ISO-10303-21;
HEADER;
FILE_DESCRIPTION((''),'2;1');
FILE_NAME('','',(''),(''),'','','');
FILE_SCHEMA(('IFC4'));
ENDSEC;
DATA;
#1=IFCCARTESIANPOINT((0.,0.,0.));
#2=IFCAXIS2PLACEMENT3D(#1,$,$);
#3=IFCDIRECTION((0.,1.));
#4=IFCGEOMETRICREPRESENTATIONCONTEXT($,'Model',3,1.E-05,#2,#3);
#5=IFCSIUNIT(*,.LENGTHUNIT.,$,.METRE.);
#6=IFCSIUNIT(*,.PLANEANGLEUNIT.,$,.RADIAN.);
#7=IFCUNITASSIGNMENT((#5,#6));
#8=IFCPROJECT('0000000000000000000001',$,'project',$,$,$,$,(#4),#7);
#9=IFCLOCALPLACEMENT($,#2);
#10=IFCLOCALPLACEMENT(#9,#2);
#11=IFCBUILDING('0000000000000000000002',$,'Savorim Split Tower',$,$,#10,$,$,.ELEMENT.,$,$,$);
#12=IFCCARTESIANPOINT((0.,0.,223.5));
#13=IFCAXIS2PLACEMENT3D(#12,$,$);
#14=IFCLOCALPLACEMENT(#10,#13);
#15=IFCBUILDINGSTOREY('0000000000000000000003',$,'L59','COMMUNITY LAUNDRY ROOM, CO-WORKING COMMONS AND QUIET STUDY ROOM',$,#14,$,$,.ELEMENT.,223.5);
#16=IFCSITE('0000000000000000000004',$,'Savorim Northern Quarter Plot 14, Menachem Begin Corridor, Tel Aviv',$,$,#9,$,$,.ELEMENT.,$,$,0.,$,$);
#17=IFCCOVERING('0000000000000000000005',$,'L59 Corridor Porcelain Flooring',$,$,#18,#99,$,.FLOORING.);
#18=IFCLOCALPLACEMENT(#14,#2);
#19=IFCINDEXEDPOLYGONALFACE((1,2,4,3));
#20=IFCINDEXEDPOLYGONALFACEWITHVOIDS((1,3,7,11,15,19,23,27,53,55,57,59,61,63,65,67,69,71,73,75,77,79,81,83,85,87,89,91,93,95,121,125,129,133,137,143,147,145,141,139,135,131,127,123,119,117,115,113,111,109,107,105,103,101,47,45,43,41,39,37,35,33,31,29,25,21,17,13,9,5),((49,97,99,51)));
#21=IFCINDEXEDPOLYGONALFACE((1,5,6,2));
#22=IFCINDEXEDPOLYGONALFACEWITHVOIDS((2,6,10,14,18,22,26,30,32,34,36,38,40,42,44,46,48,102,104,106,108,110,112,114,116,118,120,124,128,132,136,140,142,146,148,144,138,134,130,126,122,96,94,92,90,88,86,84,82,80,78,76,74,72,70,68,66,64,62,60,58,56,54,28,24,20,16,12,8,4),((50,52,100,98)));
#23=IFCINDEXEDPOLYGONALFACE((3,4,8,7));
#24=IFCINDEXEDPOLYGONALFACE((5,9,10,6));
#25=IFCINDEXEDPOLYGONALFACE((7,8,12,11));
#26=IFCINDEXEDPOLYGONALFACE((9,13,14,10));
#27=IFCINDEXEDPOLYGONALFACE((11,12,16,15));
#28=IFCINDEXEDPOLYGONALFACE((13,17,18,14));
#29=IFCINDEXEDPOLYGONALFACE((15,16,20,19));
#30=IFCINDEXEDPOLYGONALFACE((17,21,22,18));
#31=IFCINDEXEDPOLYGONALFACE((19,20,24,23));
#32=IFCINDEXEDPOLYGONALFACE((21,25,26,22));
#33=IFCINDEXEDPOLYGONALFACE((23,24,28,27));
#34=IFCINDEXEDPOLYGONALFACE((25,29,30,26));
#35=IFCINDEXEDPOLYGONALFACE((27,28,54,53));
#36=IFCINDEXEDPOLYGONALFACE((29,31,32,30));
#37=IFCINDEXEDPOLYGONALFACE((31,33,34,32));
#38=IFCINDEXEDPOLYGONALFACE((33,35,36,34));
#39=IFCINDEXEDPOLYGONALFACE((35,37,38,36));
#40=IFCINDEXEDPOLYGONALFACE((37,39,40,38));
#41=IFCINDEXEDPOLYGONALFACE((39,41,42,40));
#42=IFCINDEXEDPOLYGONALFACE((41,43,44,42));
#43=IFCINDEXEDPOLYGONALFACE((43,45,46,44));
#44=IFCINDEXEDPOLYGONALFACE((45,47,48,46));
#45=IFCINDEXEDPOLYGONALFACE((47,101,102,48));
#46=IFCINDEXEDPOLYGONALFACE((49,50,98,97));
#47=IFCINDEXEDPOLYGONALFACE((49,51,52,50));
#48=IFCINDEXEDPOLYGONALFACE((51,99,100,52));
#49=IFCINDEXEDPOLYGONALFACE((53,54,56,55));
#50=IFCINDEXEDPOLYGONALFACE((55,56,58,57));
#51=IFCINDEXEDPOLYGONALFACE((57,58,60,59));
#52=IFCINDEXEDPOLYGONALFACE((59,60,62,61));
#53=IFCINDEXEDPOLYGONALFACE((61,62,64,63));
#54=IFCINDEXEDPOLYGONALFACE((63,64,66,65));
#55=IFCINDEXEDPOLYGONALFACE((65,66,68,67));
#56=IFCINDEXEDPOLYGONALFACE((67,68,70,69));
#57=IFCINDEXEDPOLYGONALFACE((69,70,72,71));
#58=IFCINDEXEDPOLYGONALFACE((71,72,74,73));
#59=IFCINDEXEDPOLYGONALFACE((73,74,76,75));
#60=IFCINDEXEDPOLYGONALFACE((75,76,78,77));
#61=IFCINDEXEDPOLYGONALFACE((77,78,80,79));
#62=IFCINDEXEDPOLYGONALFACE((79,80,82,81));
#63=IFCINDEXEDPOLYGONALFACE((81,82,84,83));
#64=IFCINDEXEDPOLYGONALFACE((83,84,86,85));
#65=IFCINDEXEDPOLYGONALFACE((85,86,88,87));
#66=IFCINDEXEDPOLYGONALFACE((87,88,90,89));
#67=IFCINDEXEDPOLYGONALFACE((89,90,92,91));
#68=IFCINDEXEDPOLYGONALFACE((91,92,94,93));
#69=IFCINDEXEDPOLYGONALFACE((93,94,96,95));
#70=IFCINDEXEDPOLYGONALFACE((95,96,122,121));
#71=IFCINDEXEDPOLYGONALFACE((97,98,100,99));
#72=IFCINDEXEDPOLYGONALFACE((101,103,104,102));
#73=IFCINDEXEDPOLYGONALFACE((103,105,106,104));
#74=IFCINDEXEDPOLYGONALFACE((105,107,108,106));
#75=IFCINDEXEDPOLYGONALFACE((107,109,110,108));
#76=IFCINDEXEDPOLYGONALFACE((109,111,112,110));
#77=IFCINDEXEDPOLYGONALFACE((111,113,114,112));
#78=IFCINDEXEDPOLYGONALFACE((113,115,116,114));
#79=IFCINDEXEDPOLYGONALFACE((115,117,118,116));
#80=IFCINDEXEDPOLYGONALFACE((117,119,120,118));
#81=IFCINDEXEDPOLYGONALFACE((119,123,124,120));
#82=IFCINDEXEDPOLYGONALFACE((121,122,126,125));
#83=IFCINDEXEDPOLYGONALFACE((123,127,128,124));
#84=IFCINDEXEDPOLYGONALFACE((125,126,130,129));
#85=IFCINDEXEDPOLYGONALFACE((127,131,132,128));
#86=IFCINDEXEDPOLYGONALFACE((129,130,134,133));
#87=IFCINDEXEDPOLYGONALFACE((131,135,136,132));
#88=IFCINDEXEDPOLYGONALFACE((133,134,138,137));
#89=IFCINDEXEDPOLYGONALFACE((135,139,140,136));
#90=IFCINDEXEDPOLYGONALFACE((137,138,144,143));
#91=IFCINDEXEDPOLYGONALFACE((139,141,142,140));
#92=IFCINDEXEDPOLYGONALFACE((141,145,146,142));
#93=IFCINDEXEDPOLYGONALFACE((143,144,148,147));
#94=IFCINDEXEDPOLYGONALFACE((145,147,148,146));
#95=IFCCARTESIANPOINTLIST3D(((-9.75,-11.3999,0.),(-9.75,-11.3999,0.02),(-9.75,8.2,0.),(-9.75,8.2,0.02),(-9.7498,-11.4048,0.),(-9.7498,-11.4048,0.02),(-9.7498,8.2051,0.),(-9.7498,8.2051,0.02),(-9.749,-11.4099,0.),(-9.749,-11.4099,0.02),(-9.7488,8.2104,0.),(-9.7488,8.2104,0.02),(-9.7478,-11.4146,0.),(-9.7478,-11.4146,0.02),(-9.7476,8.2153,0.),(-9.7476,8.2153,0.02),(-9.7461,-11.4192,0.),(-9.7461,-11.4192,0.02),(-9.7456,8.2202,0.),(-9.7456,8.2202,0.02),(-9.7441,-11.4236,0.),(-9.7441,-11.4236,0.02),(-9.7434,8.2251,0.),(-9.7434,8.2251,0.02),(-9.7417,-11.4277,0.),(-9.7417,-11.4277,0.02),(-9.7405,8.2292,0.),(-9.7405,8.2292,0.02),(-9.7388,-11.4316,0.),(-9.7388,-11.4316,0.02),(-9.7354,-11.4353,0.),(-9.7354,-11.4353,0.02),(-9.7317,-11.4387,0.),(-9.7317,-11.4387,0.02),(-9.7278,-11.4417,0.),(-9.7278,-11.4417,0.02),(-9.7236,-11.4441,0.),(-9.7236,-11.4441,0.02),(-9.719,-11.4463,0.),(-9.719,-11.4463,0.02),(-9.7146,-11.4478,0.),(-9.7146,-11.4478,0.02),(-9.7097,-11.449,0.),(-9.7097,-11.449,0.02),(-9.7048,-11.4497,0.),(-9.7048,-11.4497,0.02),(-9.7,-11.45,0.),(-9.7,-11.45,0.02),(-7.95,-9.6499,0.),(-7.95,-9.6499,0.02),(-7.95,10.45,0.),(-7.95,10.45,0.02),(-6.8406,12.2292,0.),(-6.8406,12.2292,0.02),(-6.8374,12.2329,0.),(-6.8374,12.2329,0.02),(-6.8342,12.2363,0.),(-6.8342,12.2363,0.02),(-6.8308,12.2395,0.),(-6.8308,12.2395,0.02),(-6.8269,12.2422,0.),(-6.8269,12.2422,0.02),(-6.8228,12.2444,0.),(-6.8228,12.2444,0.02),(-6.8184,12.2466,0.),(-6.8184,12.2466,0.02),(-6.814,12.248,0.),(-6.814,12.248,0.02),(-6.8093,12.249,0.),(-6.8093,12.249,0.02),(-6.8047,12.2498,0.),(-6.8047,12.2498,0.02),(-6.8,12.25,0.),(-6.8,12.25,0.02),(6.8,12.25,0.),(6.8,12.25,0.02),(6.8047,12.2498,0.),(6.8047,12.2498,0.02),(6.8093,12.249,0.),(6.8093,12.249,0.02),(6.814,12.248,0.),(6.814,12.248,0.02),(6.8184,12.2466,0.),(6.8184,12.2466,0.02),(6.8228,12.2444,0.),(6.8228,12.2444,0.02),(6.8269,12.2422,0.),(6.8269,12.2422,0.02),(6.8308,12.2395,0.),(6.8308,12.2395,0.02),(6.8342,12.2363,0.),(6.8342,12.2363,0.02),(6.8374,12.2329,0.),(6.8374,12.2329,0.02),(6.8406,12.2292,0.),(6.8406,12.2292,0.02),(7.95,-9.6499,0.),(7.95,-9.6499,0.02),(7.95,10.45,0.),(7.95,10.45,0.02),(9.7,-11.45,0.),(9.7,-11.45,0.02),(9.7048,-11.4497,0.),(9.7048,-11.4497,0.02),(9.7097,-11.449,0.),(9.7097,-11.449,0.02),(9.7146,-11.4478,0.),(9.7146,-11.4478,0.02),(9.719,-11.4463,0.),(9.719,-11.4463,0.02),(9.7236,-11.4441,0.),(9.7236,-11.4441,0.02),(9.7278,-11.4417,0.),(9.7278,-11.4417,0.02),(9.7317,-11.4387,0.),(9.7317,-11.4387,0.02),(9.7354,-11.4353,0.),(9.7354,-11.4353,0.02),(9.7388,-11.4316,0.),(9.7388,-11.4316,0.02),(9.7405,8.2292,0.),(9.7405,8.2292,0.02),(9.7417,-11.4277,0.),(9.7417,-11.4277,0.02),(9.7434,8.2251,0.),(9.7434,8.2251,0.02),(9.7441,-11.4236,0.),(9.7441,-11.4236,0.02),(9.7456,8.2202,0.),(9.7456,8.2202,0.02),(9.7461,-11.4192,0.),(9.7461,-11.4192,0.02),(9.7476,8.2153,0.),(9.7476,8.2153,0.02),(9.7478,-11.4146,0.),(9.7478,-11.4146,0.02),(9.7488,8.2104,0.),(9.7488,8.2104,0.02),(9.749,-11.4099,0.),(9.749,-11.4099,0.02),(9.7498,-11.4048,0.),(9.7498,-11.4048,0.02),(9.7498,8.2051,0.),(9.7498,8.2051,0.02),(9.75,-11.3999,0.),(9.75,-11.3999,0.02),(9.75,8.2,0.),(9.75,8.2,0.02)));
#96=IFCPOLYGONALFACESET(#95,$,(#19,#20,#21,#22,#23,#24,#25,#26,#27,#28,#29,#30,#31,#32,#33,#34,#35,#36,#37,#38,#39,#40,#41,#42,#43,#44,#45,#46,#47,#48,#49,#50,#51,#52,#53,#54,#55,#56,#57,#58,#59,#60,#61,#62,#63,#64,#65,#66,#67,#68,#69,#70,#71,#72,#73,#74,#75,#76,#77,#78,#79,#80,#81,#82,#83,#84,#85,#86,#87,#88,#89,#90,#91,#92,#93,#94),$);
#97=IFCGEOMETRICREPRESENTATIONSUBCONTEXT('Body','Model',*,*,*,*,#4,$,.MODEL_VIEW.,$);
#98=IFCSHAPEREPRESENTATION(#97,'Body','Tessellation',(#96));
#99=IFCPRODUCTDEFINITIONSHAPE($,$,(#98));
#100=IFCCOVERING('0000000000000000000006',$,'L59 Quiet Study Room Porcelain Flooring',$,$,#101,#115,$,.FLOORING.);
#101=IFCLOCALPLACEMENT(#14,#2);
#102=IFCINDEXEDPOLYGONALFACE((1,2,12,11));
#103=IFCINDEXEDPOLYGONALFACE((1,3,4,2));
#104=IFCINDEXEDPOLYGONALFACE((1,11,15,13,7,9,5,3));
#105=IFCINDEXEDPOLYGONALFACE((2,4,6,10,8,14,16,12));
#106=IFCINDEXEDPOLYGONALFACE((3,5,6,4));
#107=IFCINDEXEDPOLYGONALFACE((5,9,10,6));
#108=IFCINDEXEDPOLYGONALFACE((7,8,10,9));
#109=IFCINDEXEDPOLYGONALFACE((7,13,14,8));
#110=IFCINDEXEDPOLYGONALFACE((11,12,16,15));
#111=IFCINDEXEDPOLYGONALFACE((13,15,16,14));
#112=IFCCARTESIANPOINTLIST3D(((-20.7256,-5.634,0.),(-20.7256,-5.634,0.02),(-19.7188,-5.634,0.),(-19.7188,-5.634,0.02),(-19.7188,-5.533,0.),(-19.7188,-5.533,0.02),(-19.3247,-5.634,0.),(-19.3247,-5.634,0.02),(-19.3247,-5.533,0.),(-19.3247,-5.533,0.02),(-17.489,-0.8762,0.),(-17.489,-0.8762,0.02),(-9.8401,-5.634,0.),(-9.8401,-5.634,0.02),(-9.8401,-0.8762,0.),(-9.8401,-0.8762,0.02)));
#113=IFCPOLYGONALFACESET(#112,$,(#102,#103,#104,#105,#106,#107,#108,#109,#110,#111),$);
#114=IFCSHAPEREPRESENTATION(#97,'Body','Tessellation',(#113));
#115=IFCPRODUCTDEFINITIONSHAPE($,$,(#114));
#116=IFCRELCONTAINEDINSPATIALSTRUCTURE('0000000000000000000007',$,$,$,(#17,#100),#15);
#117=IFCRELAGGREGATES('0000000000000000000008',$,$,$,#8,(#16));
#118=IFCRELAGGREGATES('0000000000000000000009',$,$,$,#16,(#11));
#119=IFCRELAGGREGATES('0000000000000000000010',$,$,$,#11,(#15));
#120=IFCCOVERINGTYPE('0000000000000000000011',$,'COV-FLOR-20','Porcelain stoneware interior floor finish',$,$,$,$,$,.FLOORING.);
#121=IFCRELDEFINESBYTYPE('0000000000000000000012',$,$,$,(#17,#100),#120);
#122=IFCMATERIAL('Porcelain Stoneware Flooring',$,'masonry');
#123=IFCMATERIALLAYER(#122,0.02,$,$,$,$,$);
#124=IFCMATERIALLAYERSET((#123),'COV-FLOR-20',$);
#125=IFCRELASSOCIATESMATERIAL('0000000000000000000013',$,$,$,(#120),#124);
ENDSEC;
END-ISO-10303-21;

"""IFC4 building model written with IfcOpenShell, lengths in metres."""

from ifc_helpers import new_model, si_unit, direction, frame, origin, place, context, subcontext, project, spatial, polyline, outline, extrude, material, layer, layer_set, type_object, element, save


model = new_model("IFC4")

# Units and contexts
model_context = context("Model", 3, precision=1e-05, world=origin(), true_north=direction((0.0, 1.0)))
body_context = subcontext(model_context, "Body", "Model", "MODEL_VIEW")
ifc_project = project(units=[si_unit("LENGTHUNIT", "METRE"), si_unit("PLANEANGLEUNIT", "RADIAN")], contexts=[model_context])

# Site, building, storey
site_placement = place(None, origin())
site = spatial("IfcSite", under=ifc_project, at=site_placement, Name="Savorim Northern Quarter Plot 14, Menachem Begin Corridor, Tel Aviv", CompositionType="ELEMENT", RefElevation=0.0)
building_placement = place(site_placement, origin())
building = spatial("IfcBuilding", under=site, at=building_placement, Name="Savorim Split Tower", CompositionType="ELEMENT")
storey_placement = place(building_placement, frame((0.0, 0.0, 223.5)))
storey = spatial("IfcBuildingStorey", under=building, at=storey_placement, Name="L59", Description="COMMUNITY LAUNDRY ROOM, CO-WORKING COMMONS AND QUIET STUDY ROOM", CompositionType="ELEMENT", Elevation=223.5)

# Coverings
ifc_material_1 = material(Name="Porcelain Stoneware Flooring", Category="masonry")
ifc_layer_1 = layer(ifc_material_1, 0.02)
ifc_layer_set_1 = layer_set([ifc_layer_1], Name="COV-FLOR-20")
covering_type_1 = type_object("IfcCoveringType", Name="COV-FLOR-20", Description="Porcelain stoneware interior floor finish", PredefinedType="FLOORING", material=ifc_layer_set_1)
covering_1_placement = place(storey_placement, origin())
element("IfcCovering", 1, at=covering_1_placement, inside=storey, type_object=covering_type_1, Name="L59 Corridor Porcelain Flooring", PredefinedType="FLOORING", context=body_context, shape_type="SweptSolid", body=[
    extrude(outline(polyline([(6.8093, 12.249), (6.8047, 12.2498), (6.8, 12.25), (-6.8, 12.25), (-6.8047, 12.2498), (-6.8093, 12.249), (-6.814, 12.248), (-6.8184, 12.2466), (-6.8228, 12.2444), (-6.8269, 12.2422), (-6.8308, 12.2395), (-6.8342, 12.2363), (-6.8374, 12.2329), (-6.8406, 12.2292), (-9.7405, 8.2292), (-9.7434, 8.2251), (-9.7456, 8.2202), (-9.7476, 8.2153), (-9.7488, 8.2104), (-9.7498, 8.2051), (-9.75, 8.2), (-9.75, -11.3999), (-9.7498, -11.4048), (-9.749, -11.4099), (-9.7478, -11.4146), (-9.7461, -11.4192), (-9.7441, -11.4236), (-9.7417, -11.4277), (-9.7388, -11.4316), (-9.7354, -11.4353), (-9.7317, -11.4387), (-9.7278, -11.4417), (-9.7236, -11.4441), (-9.719, -11.4463), (-9.7146, -11.4478), (-9.7097, -11.449), (-9.7048, -11.4497), (-9.7, -11.45), (9.7, -11.45), (9.7048, -11.4497), (9.7097, -11.449), (9.7146, -11.4478), (9.719, -11.4463), (9.7236, -11.4441), (9.7278, -11.4417), (9.7317, -11.4387), (9.7354, -11.4353), (9.7388, -11.4316), (9.7417, -11.4277), (9.7441, -11.4236), (9.7461, -11.4192), (9.7478, -11.4146), (9.749, -11.4099), (9.7498, -11.4048), (9.75, -11.3999), (9.75, 8.2), (9.7498, 8.2051), (9.7488, 8.2104), (9.7476, 8.2153), (9.7456, 8.2202), (9.7434, 8.2251), (9.7405, 8.2292), (6.8406, 12.2292), (6.8374, 12.2329), (6.8342, 12.2363), (6.8308, 12.2395), (6.8269, 12.2422), (6.8228, 12.2444), (6.8184, 12.2466), (6.814, 12.248), (6.8093, 12.249)]), holes=[polyline([(-7.95, 10.45), (-7.95, -9.6499), (7.95, -9.6499), (7.95, 10.45), (-7.95, 10.45)])]), origin(), (0.0, 0.0, 1.0), 0.02),
])
covering_2_placement = place(storey_placement, origin())
element("IfcCovering", 2, at=covering_2_placement, inside=storey, type_object=covering_type_1, Name="L59 Quiet Study Room Porcelain Flooring", PredefinedType="FLOORING", context=body_context, shape_type="SweptSolid", body=[
    extrude(outline(polyline([(-19.3247, -5.533), (-19.3247, -5.634), (-9.8401, -5.634), (-9.8401, -0.8762), (-17.489, -0.8762), (-20.7256, -5.634), (-19.7188, -5.634), (-19.7188, -5.533), (-19.3247, -5.533)])), origin(), (0.0, 0.0, 1.0), 0.02),
])

save(model, "model.ifc")
